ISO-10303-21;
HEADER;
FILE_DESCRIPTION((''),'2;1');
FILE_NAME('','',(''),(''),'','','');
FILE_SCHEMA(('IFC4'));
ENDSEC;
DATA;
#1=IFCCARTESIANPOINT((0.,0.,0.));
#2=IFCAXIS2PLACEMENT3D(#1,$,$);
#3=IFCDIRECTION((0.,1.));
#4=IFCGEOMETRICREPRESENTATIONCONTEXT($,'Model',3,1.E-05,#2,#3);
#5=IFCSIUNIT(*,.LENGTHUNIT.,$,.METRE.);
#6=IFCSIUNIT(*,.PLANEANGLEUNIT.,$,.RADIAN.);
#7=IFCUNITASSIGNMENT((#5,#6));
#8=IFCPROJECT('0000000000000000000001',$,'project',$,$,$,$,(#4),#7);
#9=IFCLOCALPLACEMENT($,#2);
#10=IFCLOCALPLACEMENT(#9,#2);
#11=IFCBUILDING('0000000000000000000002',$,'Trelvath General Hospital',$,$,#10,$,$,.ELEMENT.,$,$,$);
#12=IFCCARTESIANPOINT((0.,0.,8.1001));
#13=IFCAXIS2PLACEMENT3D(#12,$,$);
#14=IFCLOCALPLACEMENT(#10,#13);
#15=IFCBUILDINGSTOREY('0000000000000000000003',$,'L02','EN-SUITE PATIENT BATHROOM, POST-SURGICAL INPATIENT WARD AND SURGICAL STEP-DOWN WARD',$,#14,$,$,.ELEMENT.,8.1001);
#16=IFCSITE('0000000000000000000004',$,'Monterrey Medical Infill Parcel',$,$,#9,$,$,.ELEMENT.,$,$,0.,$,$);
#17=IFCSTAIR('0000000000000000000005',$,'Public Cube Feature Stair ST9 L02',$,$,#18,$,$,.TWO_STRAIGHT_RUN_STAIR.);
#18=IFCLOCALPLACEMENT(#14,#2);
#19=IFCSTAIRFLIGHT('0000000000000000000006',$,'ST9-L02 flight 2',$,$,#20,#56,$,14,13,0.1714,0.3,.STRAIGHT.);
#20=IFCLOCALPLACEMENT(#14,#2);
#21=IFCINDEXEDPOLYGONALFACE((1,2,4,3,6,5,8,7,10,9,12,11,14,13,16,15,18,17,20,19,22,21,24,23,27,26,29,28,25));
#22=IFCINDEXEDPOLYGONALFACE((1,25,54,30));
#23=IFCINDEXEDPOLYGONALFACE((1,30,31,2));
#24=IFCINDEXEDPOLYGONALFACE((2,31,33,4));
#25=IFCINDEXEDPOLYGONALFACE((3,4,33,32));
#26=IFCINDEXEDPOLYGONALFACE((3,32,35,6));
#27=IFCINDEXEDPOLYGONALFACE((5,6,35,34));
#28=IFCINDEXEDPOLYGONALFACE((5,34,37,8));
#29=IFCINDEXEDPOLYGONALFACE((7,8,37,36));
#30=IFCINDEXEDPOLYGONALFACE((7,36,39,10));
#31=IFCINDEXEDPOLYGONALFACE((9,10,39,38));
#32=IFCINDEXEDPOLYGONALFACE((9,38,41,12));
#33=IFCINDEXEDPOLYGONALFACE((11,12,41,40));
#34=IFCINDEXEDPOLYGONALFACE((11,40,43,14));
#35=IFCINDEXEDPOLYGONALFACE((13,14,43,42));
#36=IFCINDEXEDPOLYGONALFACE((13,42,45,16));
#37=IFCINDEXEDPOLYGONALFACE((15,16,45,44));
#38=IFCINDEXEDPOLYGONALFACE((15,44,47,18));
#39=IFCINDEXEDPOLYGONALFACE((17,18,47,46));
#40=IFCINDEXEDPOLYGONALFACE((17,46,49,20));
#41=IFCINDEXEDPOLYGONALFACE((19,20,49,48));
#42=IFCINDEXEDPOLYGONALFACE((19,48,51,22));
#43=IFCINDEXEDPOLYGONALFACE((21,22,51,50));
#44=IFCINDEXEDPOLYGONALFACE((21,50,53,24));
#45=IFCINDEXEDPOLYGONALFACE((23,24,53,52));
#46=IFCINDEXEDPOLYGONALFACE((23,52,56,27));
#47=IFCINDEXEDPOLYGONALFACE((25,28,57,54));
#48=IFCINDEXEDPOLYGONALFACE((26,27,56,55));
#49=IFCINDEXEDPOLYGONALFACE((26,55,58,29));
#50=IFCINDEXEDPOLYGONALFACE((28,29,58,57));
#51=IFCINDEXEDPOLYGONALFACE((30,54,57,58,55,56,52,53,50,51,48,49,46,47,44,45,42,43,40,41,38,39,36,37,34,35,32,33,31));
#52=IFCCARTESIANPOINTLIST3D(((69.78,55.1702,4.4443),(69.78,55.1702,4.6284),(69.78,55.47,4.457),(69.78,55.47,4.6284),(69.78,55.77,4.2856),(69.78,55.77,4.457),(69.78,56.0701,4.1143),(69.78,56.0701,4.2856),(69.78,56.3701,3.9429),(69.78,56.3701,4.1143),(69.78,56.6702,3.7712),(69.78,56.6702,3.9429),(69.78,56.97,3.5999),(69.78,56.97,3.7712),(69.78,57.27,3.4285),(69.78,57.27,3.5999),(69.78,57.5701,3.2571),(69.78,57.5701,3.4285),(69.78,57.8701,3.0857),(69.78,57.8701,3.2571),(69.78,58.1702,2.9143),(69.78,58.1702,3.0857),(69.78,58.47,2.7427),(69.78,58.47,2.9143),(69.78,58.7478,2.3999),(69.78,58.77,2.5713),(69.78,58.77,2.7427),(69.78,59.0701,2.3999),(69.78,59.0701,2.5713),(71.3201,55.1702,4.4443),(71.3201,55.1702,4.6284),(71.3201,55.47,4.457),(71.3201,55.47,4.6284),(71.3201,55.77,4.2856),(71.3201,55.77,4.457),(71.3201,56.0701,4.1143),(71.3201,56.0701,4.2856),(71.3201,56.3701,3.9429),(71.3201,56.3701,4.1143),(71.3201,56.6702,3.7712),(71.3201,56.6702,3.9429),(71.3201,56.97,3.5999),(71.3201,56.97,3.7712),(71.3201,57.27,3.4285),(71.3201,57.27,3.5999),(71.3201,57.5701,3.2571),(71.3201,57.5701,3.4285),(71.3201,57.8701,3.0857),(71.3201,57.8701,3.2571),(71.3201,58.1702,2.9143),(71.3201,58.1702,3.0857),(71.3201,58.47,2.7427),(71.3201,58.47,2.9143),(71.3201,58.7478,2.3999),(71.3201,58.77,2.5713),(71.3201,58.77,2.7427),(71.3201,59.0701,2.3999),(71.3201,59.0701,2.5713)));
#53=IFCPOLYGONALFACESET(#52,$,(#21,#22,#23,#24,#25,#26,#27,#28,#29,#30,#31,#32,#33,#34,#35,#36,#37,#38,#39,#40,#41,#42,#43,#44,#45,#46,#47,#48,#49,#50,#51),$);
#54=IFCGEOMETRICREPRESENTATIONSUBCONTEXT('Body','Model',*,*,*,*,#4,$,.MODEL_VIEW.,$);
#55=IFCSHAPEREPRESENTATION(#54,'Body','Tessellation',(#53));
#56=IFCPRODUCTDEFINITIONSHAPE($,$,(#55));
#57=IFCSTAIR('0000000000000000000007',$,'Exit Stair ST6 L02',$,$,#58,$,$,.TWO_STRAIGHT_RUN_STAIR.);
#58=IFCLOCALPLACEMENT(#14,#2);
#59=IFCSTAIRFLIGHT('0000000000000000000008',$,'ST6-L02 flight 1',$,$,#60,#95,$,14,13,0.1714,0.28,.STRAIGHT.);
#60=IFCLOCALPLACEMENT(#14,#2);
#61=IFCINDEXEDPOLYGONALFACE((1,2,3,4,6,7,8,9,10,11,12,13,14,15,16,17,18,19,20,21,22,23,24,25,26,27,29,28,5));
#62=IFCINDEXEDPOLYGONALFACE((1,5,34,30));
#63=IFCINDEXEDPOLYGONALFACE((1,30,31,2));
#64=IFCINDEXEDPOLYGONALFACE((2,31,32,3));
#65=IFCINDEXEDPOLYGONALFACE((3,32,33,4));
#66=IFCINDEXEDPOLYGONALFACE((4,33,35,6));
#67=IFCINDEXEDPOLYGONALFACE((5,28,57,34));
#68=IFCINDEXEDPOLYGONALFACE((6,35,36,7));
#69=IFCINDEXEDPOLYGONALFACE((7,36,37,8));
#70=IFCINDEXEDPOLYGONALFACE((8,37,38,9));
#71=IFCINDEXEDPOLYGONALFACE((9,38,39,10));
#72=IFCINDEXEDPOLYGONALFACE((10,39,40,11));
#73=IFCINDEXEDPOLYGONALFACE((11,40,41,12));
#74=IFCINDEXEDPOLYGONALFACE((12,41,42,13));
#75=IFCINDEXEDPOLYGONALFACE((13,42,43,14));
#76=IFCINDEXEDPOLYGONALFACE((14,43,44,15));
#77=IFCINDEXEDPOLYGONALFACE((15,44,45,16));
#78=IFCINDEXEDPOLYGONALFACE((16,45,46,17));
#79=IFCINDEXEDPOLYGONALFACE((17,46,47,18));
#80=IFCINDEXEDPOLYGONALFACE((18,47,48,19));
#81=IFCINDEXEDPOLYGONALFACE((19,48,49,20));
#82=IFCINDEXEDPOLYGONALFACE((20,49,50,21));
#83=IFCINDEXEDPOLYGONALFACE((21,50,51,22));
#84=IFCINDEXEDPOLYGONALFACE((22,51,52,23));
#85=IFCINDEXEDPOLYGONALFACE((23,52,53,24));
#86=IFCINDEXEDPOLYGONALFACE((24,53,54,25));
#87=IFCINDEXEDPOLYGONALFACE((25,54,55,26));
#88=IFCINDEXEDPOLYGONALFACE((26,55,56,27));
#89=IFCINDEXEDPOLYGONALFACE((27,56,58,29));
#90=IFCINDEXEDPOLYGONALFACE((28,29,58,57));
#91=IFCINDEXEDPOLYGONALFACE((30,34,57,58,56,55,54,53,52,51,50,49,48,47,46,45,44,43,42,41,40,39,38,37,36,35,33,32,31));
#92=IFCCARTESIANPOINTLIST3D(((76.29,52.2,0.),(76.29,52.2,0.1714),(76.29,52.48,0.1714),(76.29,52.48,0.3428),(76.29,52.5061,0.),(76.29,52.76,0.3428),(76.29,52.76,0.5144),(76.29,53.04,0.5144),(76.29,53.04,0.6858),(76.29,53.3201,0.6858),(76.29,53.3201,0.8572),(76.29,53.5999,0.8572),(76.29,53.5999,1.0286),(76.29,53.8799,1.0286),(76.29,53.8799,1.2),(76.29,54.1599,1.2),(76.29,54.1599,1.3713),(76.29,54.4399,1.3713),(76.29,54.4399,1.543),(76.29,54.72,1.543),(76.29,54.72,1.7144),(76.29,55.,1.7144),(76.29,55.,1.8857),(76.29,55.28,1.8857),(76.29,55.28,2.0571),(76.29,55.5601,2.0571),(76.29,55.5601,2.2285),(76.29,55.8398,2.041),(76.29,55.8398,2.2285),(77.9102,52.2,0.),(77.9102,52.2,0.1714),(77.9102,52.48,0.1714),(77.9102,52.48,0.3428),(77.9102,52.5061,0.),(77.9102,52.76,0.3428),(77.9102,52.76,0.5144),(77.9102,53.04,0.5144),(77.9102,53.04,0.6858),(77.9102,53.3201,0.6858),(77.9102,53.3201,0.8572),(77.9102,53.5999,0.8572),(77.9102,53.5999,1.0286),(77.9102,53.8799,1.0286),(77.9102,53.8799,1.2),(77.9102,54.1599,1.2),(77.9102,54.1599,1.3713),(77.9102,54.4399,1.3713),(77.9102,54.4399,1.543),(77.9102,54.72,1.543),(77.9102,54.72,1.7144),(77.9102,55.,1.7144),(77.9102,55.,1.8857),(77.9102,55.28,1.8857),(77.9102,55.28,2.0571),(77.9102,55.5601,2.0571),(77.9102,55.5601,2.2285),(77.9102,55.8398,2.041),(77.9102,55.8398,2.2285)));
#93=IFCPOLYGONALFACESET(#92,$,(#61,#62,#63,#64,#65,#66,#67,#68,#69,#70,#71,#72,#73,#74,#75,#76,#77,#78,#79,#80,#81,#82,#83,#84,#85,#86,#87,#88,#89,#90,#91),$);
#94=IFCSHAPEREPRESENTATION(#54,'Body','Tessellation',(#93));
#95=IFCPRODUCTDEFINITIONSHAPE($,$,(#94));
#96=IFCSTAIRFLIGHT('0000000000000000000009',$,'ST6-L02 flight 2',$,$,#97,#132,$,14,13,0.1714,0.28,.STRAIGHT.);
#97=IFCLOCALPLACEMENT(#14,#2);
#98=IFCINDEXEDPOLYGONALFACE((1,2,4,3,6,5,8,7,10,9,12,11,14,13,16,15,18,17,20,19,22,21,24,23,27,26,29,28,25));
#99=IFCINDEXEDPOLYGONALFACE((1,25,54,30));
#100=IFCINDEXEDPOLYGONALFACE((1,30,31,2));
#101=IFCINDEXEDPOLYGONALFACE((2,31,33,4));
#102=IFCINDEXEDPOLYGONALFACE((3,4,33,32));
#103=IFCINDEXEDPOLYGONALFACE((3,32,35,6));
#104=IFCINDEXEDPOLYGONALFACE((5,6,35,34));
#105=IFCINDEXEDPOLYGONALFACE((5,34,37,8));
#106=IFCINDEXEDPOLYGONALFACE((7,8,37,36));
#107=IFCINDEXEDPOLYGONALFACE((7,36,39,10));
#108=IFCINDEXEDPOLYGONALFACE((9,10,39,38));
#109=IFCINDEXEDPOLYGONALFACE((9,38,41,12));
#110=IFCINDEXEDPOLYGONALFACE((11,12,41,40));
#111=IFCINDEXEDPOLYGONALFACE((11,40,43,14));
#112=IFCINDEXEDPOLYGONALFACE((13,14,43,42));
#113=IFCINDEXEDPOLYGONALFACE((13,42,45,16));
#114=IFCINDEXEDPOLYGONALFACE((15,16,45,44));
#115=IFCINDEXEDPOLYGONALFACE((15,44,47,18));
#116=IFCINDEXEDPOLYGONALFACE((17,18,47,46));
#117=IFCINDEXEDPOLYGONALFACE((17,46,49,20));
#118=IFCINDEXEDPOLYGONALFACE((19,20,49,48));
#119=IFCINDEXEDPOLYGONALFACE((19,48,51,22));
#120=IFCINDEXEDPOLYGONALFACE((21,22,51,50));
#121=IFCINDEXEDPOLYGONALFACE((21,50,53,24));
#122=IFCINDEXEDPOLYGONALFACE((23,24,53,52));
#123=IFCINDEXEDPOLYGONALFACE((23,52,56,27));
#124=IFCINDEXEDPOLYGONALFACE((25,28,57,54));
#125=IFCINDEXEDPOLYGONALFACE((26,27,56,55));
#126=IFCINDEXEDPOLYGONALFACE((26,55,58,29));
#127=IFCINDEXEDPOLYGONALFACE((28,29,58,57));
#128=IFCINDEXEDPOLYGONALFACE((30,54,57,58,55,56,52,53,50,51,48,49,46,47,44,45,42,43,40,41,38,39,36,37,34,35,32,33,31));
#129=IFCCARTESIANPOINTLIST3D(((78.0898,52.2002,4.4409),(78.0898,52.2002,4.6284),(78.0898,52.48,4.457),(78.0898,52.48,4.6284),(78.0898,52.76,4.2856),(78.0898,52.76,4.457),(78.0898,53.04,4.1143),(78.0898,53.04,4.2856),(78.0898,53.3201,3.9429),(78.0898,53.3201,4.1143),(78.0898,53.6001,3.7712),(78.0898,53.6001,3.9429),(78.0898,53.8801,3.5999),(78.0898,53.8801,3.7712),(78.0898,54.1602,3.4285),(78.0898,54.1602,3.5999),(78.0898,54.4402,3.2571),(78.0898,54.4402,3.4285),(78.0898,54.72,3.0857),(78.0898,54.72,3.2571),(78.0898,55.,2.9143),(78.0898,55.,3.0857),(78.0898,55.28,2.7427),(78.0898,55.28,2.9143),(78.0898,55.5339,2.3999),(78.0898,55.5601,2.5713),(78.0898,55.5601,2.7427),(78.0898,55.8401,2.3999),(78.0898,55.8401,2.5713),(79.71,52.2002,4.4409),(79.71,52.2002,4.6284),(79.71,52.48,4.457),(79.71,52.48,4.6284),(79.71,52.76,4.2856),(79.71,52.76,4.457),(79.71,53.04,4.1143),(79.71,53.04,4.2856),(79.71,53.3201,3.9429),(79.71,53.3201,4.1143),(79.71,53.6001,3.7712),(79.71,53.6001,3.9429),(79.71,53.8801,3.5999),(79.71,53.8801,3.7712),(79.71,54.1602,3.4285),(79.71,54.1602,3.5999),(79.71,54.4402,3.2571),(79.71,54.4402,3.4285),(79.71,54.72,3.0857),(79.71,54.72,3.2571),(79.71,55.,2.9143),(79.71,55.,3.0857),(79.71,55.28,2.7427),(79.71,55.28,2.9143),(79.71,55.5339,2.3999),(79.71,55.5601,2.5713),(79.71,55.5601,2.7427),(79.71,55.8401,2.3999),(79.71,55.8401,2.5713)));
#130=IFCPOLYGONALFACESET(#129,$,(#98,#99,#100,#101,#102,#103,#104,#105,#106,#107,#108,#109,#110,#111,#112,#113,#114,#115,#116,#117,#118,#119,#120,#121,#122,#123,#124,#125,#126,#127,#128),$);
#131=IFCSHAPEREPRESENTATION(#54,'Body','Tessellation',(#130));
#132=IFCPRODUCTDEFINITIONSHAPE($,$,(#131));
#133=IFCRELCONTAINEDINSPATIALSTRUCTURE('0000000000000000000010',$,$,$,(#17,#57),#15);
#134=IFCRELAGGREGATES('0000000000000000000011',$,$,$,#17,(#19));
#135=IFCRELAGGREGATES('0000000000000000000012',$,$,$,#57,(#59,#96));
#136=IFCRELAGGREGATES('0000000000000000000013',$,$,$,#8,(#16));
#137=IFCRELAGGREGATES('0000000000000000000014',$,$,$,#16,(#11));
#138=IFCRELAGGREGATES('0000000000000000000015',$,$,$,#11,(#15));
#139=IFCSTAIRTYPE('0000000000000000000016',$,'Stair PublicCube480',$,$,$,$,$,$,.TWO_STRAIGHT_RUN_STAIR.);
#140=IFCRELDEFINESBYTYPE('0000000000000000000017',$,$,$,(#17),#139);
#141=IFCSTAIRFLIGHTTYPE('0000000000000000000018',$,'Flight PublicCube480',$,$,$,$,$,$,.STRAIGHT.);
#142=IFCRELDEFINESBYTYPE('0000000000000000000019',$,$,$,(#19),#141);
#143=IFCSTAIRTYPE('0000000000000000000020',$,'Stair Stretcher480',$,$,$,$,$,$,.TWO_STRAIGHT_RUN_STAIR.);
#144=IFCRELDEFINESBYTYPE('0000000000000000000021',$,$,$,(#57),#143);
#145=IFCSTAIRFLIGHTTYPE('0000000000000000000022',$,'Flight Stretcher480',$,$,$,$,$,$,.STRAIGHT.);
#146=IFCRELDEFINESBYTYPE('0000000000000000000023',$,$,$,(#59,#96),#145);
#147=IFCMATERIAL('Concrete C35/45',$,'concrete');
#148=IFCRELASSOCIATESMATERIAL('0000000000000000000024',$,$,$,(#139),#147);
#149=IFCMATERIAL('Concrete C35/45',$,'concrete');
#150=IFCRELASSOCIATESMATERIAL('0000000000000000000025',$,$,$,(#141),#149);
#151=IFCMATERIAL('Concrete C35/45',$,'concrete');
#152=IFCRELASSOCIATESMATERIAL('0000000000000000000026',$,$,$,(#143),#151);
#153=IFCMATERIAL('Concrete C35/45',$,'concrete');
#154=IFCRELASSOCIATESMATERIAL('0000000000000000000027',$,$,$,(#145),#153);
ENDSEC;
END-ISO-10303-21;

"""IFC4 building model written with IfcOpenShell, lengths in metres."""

from ifc_helpers import new_model, si_unit, direction, frame, origin, place, context, subcontext, project, spatial, polyline, outline, extrude, material, type_object, element, aggregate, save


model = new_model("IFC4")

# Units and contexts
model_context = context("Model", 3, precision=1e-05, world=origin(), true_north=direction((0.0, 1.0)))
body_context = subcontext(model_context, "Body", "Model", "MODEL_VIEW")
ifc_project = project(units=[si_unit("LENGTHUNIT", "METRE"), si_unit("PLANEANGLEUNIT", "RADIAN")], contexts=[model_context])

# Site, building, storey
site_placement = place(None, origin())
site = spatial("IfcSite", under=ifc_project, at=site_placement, Name="Monterrey Medical Infill Parcel", CompositionType="ELEMENT", RefElevation=0.0)
building_placement = place(site_placement, origin())
building = spatial("IfcBuilding", under=site, at=building_placement, Name="Trelvath General Hospital", CompositionType="ELEMENT")
storey_placement = place(building_placement, frame((0.0, 0.0, 8.1001)))
storey = spatial("IfcBuildingStorey", under=building, at=storey_placement, Name="L02", Description="EN-SUITE PATIENT BATHROOM, POST-SURGICAL INPATIENT WARD AND SURGICAL STEP-DOWN WARD", CompositionType="ELEMENT", Elevation=8.1001)

# Stairs, stair flights
ifc_material_1 = material(Name="Concrete C35/45", Category="concrete")
stair_type_1 = type_object("IfcStairType", Name="Stair PublicCube480", PredefinedType="TWO_STRAIGHT_RUN_STAIR", material=ifc_material_1)
stair_1_placement = place(storey_placement, origin())
stair_1 = element("IfcStair", 1, at=stair_1_placement, inside=storey, type_object=stair_type_1, Name="Public Cube Feature Stair ST9 L02", PredefinedType="TWO_STRAIGHT_RUN_STAIR")
ifc_material_2 = material(Name="Concrete C35/45", Category="concrete")
stair_flight_type_1 = type_object("IfcStairFlightType", Name="Flight PublicCube480", PredefinedType="STRAIGHT", material=ifc_material_2)
stair_flight_1_placement = place(storey_placement, frame((70.55, 59.0701, 2.3999), z_axis=(0.0, 0.0, 1.0), x_axis=(0.0, -1.0, 0.0)))
stair_flight_1 = element("IfcStairFlight", 2, at=stair_flight_1_placement, type_object=stair_flight_type_1, Name="ST9-L02 flight 2", NumberOfRisers=14, NumberOfTreads=13, PredefinedType="STRAIGHT", RiserHeight=0.1714, TreadLength=0.3, context=body_context, shape_type="SweptSolid", body=[
    extrude(outline(polyline([(0.0, 0.0), (0.0, 0.1714), (0.3, 0.1714), (0.3, 0.3428), (0.6001, 0.3428), (0.6001, 0.5144), (0.8999, 0.5144), (0.8999, 0.6858), (1.2, 0.6858), (1.2, 0.8572), (1.5, 0.8572), (1.5, 1.0286), (1.8, 1.0286), (1.8, 1.2), (2.1001, 1.2), (2.1001, 1.3713), (2.3999, 1.3713), (2.3999, 1.543), (2.7, 1.543), (2.7, 1.7144), (3.0, 1.7144), (3.0, 1.8857), (3.3, 1.8857), (3.3, 2.0571), (3.6001, 2.0571), (3.6001, 2.2285), (3.8999, 2.2285), (3.8999, 2.3999), (3.8999, 2.0444), (0.3223, 0.0), (0.0, 0.0)])), frame((0.0, 0.77, 0.0), z_axis=(0.0, -1.0, 0.0), x_axis=(1.0, 0.0, 0.0)), (0.0, 0.0, 1.0), 1.54),
])
aggregate(stair_1, [stair_flight_1])
ifc_material_3 = material(Name="Concrete C35/45", Category="concrete")
stair_type_2 = type_object("IfcStairType", Name="Stair Stretcher480", PredefinedType="TWO_STRAIGHT_RUN_STAIR", material=ifc_material_3)
stair_2_placement = place(storey_placement, origin())
stair_2 = element("IfcStair", 3, at=stair_2_placement, inside=storey, type_object=stair_type_2, Name="Exit Stair ST6 L02", PredefinedType="TWO_STRAIGHT_RUN_STAIR")
ifc_material_4 = material(Name="Concrete C35/45", Category="concrete")
stair_flight_type_2 = type_object("IfcStairFlightType", Name="Flight Stretcher480", PredefinedType="STRAIGHT", material=ifc_material_4)
stair_flight_2_placement = place(storey_placement, frame((77.1001, 52.2, 0.0), z_axis=(0.0, 0.0, 1.0), x_axis=(0.0, 1.0, 0.0)))
stair_flight_2 = element("IfcStairFlight", 4, at=stair_flight_2_placement, type_object=stair_flight_type_2, Name="ST6-L02 flight 1", NumberOfRisers=14, NumberOfTreads=13, PredefinedType="STRAIGHT", RiserHeight=0.1714, TreadLength=0.28, context=body_context, shape_type="SweptSolid", body=[
    extrude(outline(polyline([(0.0, 0.0), (0.0, 0.1714), (0.28, 0.1714), (0.28, 0.3428), (0.5601, 0.3428), (0.5601, 0.5144), (0.8401, 0.5144), (0.8401, 0.6858), (1.1201, 0.6858), (1.1201, 0.8572), (1.3999, 0.8572), (1.3999, 1.0286), (1.6799, 1.0286), (1.6799, 1.2), (1.96, 1.2), (1.96, 1.3713), (2.24, 1.3713), (2.24, 1.543), (2.52, 1.543), (2.52, 1.7144), (2.8, 1.7144), (2.8, 1.8857), (3.0801, 1.8857), (3.0801, 2.0571), (3.3601, 2.0571), (3.3601, 2.2285), (3.6399, 2.2285), (3.6399, 2.3999), (3.6399, 2.041), (0.3062, 0.0), (0.0, 0.0)])), frame((0.0, 0.8101, 0.0), z_axis=(0.0, -1.0, 0.0), x_axis=(1.0, 0.0, 0.0)), (0.0, 0.0, 1.0), 1.6201),
])
stair_flight_3_placement = place(storey_placement, frame((78.8999, 55.8401, 2.3999), z_axis=(0.0, 0.0, 1.0), x_axis=(0.0, -1.0, 0.0)))
stair_flight_3 = element("IfcStairFlight", 5, at=stair_flight_3_placement, type_object=stair_flight_type_2, Name="ST6-L02 flight 2", NumberOfRisers=14, NumberOfTreads=13, PredefinedType="STRAIGHT", RiserHeight=0.1714, TreadLength=0.28, context=body_context, shape_type="SweptSolid", body=[
    extrude(outline(polyline([(0.0, 0.0), (0.0, 0.1714), (0.28, 0.1714), (0.28, 0.3428), (0.5601, 0.3428), (0.5601, 0.5144), (0.8401, 0.5144), (0.8401, 0.6858), (1.1201, 0.6858), (1.1201, 0.8572), (1.3999, 0.8572), (1.3999, 1.0286), (1.6799, 1.0286), (1.6799, 1.2), (1.96, 1.2), (1.96, 1.3713), (2.24, 1.3713), (2.24, 1.543), (2.52, 1.543), (2.52, 1.7144), (2.8, 1.7144), (2.8, 1.8857), (3.0801, 1.8857), (3.0801, 2.0571), (3.3601, 2.0571), (3.3601, 2.2285), (3.6399, 2.2285), (3.6399, 2.3999), (3.6399, 2.041), (0.3062, 0.0), (0.0, 0.0)])), frame((0.0, 0.8101, 0.0), z_axis=(0.0, -1.0, 0.0), x_axis=(1.0, 0.0, 0.0)), (0.0, 0.0, 1.0), 1.6201),
])
aggregate(stair_2, [stair_flight_2, stair_flight_3])

save(model, "model.ifc")
